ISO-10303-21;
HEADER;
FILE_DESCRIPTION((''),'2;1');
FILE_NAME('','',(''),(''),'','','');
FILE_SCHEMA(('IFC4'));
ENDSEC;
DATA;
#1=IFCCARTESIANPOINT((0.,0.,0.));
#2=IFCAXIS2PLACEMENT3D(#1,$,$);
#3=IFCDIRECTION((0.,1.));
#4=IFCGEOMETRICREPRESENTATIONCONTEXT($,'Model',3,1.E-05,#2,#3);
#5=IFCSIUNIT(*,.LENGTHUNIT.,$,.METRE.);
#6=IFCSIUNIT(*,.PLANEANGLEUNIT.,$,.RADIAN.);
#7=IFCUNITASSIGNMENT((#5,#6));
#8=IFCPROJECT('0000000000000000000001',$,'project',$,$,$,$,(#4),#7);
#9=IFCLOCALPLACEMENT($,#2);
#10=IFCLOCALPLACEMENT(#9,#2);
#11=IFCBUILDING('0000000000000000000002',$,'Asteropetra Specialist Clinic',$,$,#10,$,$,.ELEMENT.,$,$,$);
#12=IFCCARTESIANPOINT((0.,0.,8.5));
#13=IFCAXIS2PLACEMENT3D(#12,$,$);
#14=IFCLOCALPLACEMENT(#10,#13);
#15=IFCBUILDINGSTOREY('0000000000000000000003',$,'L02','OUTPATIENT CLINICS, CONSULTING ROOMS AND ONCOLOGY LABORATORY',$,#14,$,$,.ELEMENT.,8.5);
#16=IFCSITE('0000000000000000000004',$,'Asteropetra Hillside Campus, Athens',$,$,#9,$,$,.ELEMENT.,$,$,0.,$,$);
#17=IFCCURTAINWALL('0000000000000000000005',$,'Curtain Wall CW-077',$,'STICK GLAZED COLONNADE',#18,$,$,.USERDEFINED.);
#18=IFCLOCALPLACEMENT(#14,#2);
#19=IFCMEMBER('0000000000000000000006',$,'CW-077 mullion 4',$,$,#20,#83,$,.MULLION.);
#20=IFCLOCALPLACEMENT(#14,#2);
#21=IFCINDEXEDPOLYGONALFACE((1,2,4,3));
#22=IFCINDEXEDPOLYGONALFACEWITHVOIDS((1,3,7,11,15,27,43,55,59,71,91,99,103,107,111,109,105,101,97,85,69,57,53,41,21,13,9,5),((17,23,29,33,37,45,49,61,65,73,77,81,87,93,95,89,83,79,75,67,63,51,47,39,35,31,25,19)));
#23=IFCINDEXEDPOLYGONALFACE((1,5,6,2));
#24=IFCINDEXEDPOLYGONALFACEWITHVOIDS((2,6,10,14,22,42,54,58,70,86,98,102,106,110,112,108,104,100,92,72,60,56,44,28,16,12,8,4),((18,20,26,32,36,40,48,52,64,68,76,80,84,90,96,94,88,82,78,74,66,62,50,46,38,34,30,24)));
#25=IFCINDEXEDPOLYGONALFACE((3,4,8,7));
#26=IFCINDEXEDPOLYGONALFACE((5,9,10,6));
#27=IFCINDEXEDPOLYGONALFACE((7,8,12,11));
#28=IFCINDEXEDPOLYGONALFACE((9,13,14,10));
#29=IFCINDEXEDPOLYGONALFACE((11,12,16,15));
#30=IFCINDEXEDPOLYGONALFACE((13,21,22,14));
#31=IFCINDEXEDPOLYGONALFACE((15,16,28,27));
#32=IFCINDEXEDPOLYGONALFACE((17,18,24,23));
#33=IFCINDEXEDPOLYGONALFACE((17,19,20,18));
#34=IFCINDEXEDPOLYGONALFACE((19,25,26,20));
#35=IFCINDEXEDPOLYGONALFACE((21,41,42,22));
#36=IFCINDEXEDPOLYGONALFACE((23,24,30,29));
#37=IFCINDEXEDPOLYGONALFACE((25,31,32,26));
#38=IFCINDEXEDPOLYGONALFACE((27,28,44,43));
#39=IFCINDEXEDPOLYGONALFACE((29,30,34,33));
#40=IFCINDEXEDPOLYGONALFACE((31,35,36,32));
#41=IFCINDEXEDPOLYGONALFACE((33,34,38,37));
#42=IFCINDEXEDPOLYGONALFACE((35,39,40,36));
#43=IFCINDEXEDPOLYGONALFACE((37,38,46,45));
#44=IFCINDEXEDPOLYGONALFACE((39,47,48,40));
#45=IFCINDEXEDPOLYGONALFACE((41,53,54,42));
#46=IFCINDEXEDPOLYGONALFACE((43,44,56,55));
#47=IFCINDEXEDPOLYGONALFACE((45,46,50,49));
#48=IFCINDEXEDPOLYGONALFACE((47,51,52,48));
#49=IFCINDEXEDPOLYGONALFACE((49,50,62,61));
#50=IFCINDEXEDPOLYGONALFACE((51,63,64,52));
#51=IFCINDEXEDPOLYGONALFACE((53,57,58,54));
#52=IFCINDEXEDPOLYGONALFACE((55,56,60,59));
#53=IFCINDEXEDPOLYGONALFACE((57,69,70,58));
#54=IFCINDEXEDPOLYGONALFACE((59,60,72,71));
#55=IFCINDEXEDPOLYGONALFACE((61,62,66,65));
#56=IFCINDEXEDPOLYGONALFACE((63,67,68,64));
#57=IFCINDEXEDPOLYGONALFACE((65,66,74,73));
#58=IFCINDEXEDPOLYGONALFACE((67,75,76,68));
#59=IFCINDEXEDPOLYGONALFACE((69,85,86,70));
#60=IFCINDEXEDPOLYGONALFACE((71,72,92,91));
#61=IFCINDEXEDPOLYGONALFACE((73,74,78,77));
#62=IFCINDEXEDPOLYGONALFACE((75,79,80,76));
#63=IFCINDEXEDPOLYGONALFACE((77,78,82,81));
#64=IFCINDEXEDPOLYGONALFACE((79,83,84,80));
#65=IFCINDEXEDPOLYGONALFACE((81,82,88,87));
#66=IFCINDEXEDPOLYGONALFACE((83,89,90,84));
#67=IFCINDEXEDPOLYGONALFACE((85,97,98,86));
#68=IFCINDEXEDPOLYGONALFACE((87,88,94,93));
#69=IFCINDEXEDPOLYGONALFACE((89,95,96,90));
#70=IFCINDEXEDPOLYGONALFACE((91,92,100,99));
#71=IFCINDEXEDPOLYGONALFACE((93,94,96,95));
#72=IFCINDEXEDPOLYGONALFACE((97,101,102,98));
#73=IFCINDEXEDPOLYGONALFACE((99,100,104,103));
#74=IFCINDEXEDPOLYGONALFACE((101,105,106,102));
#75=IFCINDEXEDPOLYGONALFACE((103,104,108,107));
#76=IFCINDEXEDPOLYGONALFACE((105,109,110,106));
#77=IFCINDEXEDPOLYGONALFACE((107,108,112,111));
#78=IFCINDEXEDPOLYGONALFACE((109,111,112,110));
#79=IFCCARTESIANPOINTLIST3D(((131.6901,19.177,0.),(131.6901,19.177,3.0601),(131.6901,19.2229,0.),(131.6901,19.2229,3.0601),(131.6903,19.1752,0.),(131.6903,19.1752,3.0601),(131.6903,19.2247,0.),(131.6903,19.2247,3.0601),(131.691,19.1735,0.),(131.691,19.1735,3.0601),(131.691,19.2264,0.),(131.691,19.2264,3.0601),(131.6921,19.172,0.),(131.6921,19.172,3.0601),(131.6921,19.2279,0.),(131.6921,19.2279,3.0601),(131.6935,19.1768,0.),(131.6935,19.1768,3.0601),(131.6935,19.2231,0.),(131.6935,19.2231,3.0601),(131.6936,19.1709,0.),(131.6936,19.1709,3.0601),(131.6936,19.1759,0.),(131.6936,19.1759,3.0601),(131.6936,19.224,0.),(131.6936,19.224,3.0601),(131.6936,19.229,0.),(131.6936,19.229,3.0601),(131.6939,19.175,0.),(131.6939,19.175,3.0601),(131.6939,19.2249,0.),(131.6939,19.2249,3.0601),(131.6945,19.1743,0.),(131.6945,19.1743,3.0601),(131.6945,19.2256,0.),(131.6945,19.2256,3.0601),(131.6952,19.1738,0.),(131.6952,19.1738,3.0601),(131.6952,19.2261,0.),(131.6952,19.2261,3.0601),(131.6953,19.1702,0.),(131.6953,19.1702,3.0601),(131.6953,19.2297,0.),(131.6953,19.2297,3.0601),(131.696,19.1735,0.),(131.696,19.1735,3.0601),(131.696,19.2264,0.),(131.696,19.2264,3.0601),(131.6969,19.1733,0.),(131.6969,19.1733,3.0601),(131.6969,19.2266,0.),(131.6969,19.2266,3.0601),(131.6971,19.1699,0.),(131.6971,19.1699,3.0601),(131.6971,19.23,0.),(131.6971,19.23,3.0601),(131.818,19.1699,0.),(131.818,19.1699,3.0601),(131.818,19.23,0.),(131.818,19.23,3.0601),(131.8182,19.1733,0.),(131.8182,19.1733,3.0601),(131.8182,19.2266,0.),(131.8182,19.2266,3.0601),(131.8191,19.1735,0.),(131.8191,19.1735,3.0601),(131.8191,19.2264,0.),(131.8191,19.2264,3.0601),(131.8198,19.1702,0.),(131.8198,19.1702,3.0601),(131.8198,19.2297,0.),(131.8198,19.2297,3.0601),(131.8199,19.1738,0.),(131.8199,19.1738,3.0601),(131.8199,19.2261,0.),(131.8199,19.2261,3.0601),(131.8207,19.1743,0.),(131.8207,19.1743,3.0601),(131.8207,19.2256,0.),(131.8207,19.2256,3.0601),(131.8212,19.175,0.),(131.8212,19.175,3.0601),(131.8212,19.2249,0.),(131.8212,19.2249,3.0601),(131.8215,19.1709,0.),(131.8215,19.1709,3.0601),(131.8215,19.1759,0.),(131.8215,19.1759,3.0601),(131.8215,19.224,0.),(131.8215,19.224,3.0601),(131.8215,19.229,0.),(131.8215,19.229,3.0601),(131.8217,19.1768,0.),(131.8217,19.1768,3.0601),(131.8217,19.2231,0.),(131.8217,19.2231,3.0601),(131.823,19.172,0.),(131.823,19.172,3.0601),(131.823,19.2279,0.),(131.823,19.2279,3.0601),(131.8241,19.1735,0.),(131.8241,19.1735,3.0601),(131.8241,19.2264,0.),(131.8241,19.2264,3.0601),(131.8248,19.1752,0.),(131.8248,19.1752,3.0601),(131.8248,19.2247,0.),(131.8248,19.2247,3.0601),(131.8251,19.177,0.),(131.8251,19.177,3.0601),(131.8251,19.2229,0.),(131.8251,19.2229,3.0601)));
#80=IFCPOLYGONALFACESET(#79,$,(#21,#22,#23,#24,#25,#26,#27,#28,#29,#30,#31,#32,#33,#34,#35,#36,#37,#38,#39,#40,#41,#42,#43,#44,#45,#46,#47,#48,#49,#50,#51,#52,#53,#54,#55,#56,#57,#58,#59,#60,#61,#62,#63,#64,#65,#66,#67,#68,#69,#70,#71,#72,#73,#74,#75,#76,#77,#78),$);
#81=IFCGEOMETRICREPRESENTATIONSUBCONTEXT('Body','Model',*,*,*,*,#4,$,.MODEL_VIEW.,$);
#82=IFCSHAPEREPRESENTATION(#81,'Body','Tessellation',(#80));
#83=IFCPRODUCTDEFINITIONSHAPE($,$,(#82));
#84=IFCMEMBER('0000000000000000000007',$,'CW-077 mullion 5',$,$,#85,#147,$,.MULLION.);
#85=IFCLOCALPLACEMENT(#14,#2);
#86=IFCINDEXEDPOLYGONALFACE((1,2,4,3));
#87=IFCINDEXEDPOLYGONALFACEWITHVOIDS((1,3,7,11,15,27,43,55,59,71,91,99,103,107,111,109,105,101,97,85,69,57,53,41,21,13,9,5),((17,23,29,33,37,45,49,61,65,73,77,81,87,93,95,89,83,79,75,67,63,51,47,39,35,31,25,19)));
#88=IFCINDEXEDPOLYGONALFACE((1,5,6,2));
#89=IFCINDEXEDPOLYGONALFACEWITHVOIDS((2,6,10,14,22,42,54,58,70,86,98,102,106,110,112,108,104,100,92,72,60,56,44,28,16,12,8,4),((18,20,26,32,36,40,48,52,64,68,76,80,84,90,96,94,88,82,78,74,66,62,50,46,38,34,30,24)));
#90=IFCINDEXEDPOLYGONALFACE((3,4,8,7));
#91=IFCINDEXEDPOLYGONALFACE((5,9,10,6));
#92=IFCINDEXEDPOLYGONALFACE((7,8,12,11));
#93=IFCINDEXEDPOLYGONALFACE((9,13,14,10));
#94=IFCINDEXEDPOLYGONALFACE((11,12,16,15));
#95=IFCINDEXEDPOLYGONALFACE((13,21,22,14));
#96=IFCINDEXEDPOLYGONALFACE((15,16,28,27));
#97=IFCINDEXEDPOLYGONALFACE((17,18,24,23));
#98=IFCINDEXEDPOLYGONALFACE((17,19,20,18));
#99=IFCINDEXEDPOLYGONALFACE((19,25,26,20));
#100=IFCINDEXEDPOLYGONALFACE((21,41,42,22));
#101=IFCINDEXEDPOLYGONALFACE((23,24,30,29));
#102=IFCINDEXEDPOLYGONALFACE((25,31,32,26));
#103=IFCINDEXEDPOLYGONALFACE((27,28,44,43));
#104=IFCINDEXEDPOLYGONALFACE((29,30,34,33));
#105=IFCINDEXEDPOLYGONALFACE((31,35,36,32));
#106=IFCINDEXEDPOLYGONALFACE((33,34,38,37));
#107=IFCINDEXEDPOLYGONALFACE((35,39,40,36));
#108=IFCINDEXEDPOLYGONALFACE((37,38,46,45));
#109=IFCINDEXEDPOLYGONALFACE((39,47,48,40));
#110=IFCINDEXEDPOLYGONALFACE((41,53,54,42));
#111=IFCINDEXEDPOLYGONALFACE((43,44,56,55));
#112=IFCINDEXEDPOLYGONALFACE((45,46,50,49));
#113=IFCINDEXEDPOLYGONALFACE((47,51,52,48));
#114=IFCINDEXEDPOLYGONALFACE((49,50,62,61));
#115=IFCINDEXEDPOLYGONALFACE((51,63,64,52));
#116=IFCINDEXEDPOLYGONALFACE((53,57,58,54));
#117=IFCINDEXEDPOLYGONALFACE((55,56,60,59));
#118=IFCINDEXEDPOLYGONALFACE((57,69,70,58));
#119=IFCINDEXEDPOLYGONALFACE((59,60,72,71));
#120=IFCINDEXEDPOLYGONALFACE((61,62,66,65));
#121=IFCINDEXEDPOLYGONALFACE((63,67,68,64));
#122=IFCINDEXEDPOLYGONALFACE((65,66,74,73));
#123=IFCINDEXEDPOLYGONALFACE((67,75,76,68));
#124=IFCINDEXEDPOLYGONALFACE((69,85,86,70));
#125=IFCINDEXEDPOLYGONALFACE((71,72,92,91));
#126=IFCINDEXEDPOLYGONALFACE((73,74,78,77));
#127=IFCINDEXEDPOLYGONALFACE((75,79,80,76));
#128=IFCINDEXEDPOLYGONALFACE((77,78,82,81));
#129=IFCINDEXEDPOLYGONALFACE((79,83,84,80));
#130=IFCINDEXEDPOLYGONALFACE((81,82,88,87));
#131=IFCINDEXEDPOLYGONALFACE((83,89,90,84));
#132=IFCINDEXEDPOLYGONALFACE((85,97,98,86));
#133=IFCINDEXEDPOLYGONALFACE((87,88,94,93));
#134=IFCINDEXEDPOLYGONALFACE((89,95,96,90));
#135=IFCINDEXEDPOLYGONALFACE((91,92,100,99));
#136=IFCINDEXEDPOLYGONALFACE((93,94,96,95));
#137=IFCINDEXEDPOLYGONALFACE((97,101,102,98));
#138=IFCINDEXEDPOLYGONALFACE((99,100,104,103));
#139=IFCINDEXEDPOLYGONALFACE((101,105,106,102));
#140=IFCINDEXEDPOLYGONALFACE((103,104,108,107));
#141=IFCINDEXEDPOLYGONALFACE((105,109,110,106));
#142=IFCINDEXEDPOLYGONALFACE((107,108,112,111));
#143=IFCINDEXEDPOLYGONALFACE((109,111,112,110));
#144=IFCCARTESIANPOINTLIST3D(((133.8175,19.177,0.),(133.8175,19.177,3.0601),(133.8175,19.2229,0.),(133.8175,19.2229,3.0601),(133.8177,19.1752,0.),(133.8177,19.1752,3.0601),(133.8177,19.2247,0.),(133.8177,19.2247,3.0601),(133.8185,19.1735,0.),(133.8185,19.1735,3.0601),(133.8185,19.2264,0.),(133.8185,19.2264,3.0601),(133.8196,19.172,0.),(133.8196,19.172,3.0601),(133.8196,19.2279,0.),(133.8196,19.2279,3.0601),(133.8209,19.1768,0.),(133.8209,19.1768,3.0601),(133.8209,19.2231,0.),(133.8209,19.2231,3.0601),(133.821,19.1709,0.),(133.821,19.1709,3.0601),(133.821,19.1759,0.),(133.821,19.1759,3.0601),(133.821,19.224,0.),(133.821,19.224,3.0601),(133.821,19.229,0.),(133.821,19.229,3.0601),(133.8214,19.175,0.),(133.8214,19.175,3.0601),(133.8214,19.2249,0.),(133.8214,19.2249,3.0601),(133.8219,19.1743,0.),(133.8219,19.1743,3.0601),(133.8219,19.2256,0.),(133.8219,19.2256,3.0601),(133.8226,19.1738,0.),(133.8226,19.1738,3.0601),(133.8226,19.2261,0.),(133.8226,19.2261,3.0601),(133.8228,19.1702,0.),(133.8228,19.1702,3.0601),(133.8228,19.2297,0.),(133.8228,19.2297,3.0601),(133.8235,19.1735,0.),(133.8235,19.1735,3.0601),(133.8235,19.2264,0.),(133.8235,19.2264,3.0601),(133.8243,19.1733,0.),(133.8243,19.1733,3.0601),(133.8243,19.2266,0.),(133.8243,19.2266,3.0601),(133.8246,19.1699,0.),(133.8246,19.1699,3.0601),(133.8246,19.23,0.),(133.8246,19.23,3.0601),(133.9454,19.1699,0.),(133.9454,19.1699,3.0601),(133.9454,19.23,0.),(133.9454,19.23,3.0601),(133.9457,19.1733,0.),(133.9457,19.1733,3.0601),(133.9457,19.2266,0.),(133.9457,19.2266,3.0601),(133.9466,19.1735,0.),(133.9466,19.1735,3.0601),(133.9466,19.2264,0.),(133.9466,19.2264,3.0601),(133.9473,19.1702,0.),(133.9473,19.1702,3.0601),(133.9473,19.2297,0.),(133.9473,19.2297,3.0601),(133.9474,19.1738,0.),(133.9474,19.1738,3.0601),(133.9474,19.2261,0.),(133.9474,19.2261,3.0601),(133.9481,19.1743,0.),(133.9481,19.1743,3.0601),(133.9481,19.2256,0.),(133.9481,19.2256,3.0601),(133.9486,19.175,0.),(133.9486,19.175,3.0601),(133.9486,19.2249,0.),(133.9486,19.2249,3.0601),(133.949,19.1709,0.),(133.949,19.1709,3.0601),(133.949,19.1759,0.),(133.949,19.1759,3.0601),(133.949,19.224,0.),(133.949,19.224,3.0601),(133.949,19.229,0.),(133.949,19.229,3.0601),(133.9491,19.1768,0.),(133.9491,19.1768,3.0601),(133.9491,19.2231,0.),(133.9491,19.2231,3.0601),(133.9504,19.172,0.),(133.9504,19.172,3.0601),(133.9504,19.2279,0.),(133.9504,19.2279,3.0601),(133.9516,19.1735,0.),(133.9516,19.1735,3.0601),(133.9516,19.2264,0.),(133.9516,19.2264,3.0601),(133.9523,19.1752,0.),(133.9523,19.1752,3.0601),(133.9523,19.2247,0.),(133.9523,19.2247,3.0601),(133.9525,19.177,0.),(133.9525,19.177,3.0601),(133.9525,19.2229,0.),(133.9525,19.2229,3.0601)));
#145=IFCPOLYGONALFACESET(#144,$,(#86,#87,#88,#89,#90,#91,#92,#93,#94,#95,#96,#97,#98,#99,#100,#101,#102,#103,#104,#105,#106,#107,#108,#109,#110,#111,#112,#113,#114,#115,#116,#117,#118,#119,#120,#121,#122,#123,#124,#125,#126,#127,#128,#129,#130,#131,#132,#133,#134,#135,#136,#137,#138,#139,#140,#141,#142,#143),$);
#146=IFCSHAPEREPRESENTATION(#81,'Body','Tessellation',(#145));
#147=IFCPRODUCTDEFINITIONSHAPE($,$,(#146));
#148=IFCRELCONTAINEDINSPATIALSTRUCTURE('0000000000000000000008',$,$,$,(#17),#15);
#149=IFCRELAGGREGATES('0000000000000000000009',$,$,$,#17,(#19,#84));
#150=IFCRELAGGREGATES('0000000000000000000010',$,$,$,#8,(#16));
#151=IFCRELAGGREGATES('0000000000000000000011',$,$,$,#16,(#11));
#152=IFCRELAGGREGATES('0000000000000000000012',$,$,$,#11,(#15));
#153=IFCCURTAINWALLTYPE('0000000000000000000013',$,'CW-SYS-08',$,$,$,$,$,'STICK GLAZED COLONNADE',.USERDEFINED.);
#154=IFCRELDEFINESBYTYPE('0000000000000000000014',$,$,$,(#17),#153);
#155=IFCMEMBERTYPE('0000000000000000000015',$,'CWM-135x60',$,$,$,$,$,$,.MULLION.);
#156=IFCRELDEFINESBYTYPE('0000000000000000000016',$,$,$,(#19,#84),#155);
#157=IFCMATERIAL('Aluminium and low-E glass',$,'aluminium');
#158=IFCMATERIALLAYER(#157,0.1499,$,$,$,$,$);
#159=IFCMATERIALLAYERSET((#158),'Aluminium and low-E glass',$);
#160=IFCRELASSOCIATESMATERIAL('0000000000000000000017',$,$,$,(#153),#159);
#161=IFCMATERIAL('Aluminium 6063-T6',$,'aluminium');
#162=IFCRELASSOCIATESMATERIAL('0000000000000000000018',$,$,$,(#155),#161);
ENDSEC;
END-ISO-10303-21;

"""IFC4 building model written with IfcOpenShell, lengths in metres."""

from ifc_helpers import new_model, si_unit, direction, frame, origin, origin_2d, place, context, subcontext, project, spatial, hollow_rectangle, extrude, material, layer, layer_set, material_profile, profile_set, type_object, element, aggregate, save


model = new_model("IFC4")

# Units and contexts
model_context = context("Model", 3, precision=1e-05, world=origin(), true_north=direction((0.0, 1.0)))
body_context = subcontext(model_context, "Body", "Model", "MODEL_VIEW")
ifc_project = project(units=[si_unit("LENGTHUNIT", "METRE"), si_unit("PLANEANGLEUNIT", "RADIAN")], contexts=[model_context])

# Site, building, storey
site_placement = place(None, origin())
site = spatial("IfcSite", under=ifc_project, at=site_placement, Name="Asteropetra Hillside Campus, Athens", CompositionType="ELEMENT", RefElevation=0.0)
building_placement = place(site_placement, origin())
building = spatial("IfcBuilding", under=site, at=building_placement, Name="Asteropetra Specialist Clinic", CompositionType="ELEMENT")
storey_placement = place(building_placement, frame((0.0, 0.0, 8.5)))
storey = spatial("IfcBuildingStorey", under=building, at=storey_placement, Name="L02", Description="OUTPATIENT CLINICS, CONSULTING ROOMS AND ONCOLOGY LABORATORY", CompositionType="ELEMENT", Elevation=8.5)

# Curtain wall, members
ifc_material_1 = material(Name="Aluminium and low-E glass", Category="aluminium")
ifc_layer_1 = layer(ifc_material_1, 0.1499)
ifc_layer_set_1 = layer_set([ifc_layer_1], Name="Aluminium and low-E glass")
curtain_wall_type = type_object("IfcCurtainWallType", Name="CW-SYS-08", ElementType="STICK GLAZED COLONNADE", PredefinedType="USERDEFINED", material=ifc_layer_set_1)
curtain_wall_placement = place(storey_placement, origin())
curtain_wall = element("IfcCurtainWall", 1, at=curtain_wall_placement, inside=storey, type_object=curtain_wall_type, Name="Curtain Wall CW-077", ObjectType="STICK GLAZED COLONNADE", PredefinedType="USERDEFINED")
ifc_material_2 = material(Name="Aluminium 6063-T6", Category="aluminium")
ifc_material_profile_1 = material_profile(ifc_material_2, hollow_rectangle(XDim=0.0601, YDim=0.135, WallThickness=0.0034, InnerFilletRadius=0.0034, OuterFilletRadius=0.0071, at=origin_2d()), Name="MUL 135x60x3.5")
ifc_profile_set_1 = profile_set([ifc_material_profile_1], Name="Aluminium 6063-T6")
member_type_1 = type_object("IfcMemberType", Name="CWM-135x60", PredefinedType="MULLION", material=ifc_profile_set_1)
member_1_placement = place(storey_placement, frame((131.7576, 19.2, 0.0), z_axis=(0.0, 0.0, 1.0), x_axis=(0.0, 1.0, 0.0)))
member_1 = element("IfcMember", 2, at=member_1_placement, type_object=member_type_1, Name="CW-077 mullion 4", PredefinedType="MULLION", context=body_context, shape_type="SweptSolid", body=[
    extrude(hollow_rectangle(XDim=0.0601, YDim=0.135, WallThickness=0.0034, InnerFilletRadius=0.0034, OuterFilletRadius=0.0071, at=origin_2d()), origin(), (0.0, 0.0, 1.0), 3.0601),
])
member_2_placement = place(storey_placement, frame((133.885, 19.2, 0.0), z_axis=(0.0, 0.0, 1.0), x_axis=(0.0, 1.0, 0.0)))
member_2 = element("IfcMember", 3, at=member_2_placement, type_object=member_type_1, Name="CW-077 mullion 5", PredefinedType="MULLION", context=body_context, shape_type="SweptSolid", body=[
    extrude(hollow_rectangle(XDim=0.0601, YDim=0.135, WallThickness=0.0034, InnerFilletRadius=0.0034, OuterFilletRadius=0.0071, at=origin_2d()), origin(), (0.0, 0.0, 1.0), 3.0601),
])

aggregate(curtain_wall, [member_1, member_2])

save(model, "model.ifc")
